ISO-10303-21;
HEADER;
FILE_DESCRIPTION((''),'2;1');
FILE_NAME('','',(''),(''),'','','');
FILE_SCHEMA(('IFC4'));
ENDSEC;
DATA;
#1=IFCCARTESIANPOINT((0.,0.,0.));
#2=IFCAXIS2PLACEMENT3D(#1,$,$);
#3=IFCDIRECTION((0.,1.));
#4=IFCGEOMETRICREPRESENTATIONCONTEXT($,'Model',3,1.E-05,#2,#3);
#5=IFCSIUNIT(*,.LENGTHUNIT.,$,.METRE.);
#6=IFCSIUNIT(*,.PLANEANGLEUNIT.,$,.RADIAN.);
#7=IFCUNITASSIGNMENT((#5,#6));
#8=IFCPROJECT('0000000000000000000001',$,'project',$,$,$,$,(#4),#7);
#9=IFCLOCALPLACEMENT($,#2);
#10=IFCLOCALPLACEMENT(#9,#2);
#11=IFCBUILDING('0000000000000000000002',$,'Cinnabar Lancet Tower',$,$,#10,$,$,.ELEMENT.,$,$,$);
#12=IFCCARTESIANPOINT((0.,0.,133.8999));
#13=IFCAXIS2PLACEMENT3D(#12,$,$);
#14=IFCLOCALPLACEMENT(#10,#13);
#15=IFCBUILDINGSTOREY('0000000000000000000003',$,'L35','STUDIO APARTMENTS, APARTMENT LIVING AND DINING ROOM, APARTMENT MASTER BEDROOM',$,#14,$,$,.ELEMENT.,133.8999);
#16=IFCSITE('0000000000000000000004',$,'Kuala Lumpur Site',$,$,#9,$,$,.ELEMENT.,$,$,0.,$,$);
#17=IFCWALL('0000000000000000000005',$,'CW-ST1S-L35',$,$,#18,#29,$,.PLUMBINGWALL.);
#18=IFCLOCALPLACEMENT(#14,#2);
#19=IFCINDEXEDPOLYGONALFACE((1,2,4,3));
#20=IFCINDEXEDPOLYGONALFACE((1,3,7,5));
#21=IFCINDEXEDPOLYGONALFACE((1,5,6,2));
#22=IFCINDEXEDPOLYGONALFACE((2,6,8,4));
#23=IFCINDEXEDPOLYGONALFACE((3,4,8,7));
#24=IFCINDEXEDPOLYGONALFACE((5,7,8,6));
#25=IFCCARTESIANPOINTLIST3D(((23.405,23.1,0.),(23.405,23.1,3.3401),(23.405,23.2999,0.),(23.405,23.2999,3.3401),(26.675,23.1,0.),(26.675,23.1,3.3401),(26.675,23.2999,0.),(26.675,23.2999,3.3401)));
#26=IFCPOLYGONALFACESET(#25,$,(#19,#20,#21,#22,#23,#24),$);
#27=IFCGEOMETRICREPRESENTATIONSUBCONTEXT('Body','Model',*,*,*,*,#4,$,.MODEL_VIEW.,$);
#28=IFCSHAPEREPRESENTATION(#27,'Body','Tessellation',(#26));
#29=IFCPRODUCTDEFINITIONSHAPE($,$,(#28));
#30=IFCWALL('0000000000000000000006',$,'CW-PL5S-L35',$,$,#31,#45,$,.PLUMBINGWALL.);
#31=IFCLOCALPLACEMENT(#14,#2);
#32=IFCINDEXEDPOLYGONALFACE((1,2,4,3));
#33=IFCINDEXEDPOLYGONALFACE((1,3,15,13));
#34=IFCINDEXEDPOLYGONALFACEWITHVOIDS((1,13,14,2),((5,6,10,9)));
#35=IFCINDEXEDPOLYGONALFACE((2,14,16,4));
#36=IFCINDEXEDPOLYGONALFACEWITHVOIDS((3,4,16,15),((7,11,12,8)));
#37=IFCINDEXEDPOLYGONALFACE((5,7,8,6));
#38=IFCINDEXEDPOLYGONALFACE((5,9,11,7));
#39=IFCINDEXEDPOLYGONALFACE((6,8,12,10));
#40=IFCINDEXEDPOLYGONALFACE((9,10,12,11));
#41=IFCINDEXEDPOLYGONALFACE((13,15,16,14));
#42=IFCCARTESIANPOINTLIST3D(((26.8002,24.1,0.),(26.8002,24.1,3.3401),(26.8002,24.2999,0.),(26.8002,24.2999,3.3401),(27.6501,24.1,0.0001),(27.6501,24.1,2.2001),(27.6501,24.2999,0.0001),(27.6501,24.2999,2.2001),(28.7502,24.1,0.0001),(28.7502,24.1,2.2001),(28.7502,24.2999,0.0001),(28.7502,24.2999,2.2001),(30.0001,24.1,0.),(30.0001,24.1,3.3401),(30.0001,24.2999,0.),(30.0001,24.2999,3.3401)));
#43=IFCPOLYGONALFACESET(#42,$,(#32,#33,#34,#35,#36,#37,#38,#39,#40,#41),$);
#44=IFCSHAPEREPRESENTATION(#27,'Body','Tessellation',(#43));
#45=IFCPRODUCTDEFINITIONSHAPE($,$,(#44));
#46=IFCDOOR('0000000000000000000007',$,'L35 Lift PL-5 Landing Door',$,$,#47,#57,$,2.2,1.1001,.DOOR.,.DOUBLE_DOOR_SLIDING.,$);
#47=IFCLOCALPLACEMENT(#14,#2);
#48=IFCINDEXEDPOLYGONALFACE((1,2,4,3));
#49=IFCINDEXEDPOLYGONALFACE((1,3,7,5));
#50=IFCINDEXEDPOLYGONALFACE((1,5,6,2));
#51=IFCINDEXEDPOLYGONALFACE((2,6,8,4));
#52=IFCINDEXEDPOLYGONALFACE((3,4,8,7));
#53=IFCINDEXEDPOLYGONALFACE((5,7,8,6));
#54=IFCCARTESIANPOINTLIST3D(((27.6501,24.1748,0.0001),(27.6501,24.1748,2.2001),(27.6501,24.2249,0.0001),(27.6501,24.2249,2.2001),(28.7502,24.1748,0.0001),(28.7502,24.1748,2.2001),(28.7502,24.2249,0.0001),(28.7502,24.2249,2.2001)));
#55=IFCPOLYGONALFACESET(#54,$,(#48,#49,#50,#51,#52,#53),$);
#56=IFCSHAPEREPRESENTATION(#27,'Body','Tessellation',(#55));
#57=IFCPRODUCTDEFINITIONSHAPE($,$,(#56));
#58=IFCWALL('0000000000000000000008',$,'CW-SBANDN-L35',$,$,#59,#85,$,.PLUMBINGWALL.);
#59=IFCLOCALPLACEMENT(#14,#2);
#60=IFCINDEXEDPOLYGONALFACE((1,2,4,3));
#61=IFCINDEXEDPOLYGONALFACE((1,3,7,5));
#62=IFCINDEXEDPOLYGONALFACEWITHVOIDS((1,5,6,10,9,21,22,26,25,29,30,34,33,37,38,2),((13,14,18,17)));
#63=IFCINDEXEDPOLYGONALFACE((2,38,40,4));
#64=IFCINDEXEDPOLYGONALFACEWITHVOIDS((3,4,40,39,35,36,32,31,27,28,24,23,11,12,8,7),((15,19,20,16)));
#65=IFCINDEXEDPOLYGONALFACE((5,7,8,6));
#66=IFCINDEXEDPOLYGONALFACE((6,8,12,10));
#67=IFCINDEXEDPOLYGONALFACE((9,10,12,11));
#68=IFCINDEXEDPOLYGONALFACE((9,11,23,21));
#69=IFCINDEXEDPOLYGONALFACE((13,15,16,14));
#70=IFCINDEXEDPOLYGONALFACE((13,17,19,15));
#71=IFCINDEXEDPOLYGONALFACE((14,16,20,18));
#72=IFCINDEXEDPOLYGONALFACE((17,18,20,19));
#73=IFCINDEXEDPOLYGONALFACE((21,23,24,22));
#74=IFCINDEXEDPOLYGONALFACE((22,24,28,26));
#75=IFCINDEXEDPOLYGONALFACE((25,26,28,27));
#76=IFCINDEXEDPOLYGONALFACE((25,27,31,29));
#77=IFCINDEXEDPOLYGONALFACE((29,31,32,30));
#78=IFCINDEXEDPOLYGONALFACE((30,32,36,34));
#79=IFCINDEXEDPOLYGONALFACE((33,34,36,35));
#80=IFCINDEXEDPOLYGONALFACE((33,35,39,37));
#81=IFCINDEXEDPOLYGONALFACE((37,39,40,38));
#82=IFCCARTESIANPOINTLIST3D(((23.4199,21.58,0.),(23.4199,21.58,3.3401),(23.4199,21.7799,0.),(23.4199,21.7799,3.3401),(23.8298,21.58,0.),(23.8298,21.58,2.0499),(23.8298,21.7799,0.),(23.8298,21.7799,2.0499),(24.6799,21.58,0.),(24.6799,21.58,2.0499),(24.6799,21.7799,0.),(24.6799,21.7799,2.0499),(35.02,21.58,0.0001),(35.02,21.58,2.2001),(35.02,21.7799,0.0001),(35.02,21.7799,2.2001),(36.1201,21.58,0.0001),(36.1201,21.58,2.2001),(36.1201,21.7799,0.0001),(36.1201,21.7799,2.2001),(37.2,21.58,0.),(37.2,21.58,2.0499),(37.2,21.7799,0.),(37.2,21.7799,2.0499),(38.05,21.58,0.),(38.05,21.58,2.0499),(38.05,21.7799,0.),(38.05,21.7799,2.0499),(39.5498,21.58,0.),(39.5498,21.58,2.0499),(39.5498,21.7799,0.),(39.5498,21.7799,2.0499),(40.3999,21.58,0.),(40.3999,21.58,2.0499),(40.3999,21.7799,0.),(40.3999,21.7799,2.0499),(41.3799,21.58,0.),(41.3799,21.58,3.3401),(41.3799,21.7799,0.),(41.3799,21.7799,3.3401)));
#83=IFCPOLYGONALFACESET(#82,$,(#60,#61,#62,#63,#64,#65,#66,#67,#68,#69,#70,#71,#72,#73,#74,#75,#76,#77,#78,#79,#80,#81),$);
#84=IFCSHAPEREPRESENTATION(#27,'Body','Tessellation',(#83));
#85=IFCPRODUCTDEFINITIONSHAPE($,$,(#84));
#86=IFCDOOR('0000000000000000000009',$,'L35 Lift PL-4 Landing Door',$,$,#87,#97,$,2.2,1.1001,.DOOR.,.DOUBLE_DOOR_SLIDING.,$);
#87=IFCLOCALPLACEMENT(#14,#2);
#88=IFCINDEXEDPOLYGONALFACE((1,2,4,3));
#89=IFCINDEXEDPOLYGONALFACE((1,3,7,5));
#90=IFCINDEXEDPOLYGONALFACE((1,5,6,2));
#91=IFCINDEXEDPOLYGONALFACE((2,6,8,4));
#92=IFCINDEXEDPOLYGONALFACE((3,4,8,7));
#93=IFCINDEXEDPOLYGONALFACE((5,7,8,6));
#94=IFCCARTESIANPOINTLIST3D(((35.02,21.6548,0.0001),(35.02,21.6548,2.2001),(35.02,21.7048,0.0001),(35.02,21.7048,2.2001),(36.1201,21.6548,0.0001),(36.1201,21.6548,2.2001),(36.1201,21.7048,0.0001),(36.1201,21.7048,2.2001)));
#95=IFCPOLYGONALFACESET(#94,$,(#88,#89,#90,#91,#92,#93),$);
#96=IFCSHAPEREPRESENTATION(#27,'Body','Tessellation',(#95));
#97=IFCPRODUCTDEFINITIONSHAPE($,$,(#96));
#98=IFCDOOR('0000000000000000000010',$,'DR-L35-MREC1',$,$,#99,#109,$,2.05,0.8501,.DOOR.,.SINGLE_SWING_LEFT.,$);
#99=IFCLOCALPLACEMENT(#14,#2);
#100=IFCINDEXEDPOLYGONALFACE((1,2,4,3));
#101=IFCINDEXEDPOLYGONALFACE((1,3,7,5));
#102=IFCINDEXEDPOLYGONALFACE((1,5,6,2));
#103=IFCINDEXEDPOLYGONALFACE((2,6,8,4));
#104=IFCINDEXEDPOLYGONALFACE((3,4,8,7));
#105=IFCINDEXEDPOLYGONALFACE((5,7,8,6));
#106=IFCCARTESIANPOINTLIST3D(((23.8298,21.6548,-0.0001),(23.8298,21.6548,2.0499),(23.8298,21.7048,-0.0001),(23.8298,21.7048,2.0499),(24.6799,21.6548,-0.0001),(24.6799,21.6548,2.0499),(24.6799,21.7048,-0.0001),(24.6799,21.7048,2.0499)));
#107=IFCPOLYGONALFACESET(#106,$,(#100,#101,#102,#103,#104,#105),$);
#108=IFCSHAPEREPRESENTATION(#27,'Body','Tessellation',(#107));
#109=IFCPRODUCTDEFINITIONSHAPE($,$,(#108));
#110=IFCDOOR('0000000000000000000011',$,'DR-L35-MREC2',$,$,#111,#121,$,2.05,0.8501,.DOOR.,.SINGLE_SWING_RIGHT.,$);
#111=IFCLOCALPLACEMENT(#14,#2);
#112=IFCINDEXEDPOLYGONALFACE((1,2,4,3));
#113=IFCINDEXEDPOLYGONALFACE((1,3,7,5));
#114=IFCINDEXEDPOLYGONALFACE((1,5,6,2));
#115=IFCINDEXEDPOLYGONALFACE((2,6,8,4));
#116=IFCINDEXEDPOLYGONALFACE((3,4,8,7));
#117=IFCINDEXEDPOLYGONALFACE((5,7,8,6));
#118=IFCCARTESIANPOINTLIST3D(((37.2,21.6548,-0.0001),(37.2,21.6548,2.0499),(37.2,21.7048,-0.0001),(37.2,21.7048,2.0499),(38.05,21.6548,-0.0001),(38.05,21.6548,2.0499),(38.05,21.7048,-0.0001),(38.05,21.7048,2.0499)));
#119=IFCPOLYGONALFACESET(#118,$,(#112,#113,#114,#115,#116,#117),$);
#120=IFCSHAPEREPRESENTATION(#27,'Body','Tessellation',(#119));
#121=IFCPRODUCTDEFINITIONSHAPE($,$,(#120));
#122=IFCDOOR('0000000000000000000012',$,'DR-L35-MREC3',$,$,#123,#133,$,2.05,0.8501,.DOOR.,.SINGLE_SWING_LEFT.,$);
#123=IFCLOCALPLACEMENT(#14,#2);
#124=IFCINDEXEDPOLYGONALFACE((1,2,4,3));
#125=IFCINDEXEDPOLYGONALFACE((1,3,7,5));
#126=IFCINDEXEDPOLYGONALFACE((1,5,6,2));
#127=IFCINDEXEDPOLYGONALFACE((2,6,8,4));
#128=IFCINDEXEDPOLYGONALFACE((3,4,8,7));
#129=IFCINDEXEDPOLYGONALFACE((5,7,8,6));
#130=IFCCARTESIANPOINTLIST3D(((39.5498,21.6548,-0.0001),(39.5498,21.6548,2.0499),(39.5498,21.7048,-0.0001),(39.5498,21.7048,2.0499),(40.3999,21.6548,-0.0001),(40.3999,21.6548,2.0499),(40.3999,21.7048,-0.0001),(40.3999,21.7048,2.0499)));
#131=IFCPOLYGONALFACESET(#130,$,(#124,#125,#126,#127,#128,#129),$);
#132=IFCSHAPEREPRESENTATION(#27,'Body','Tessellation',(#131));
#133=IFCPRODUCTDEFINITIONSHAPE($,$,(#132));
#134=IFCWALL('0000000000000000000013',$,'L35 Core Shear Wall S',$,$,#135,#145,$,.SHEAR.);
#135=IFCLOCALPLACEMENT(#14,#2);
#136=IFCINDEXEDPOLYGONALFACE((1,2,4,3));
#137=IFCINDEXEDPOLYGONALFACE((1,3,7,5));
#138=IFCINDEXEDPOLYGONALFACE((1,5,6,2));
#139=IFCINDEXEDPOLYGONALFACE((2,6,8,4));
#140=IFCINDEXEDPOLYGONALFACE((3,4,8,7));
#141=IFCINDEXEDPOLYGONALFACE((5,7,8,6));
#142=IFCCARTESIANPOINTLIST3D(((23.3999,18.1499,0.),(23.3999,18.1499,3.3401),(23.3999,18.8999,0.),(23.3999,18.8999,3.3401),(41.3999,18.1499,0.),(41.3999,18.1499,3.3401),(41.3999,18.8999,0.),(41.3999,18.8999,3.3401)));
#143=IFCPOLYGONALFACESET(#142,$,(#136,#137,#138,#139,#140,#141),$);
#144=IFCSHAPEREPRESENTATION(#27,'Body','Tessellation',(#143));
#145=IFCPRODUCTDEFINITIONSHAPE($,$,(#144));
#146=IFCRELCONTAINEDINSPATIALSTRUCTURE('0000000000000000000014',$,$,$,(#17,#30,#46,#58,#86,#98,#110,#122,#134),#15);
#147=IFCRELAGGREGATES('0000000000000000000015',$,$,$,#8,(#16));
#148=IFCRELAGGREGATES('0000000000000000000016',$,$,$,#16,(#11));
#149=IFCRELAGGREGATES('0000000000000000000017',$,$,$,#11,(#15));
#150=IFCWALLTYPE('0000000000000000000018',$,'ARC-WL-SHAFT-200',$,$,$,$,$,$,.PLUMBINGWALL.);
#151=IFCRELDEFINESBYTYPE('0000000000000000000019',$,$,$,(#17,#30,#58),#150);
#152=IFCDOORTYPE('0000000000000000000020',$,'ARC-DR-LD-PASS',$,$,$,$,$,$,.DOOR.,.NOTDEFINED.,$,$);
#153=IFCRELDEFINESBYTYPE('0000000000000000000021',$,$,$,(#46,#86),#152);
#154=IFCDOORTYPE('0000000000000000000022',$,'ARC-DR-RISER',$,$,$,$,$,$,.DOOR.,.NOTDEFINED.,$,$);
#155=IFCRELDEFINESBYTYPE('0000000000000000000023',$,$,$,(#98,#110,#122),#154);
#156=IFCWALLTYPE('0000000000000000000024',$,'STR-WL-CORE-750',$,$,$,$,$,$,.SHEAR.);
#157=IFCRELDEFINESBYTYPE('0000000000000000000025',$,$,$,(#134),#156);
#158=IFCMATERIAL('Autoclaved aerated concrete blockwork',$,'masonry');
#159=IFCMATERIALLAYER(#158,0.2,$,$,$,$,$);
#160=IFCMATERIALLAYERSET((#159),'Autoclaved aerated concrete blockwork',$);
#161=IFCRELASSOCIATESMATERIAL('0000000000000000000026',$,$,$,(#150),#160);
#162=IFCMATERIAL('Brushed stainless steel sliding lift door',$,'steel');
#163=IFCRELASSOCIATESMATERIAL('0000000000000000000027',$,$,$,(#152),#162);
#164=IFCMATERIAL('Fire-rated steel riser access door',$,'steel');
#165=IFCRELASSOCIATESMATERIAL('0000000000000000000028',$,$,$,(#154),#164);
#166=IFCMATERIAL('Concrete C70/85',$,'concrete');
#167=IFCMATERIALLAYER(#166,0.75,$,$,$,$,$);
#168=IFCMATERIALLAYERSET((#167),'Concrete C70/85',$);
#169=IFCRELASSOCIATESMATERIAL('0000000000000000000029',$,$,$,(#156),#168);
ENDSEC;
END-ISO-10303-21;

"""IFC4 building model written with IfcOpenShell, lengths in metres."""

from ifc_helpers import new_model, si_unit, direction, frame, frame_2d, origin, place, context, subcontext, project, spatial, rectangle, extrude, material, layer, layer_set, type_object, element, fill, save


model = new_model("IFC4")

# Units and contexts
model_context = context("Model", 3, precision=1e-05, world=origin(), true_north=direction((0.0, 1.0)))
body_context = subcontext(model_context, "Body", "Model", "MODEL_VIEW")
ifc_project = project(units=[si_unit("LENGTHUNIT", "METRE"), si_unit("PLANEANGLEUNIT", "RADIAN")], contexts=[model_context])

# Site, building, storey
site_placement = place(None, origin())
site = spatial("IfcSite", under=ifc_project, at=site_placement, Name="Kuala Lumpur Site", CompositionType="ELEMENT", RefElevation=0.0)
building_placement = place(site_placement, origin())
building = spatial("IfcBuilding", under=site, at=building_placement, Name="Cinnabar Lancet Tower", CompositionType="ELEMENT")
storey_placement = place(building_placement, frame((0.0, 0.0, 133.8999)))
storey = spatial("IfcBuildingStorey", under=building, at=storey_placement, Name="L35", Description="STUDIO APARTMENTS, APARTMENT LIVING AND DINING ROOM, APARTMENT MASTER BEDROOM", CompositionType="ELEMENT", Elevation=133.8999)

# Wall
ifc_material_1 = material(Name="Autoclaved aerated concrete blockwork", Category="masonry")
ifc_layer_1 = layer(ifc_material_1, 0.2)
ifc_layer_set_1 = layer_set([ifc_layer_1], Name="Autoclaved aerated concrete blockwork")
wall_type_1 = type_object("IfcWallType", Name="ARC-WL-SHAFT-200", PredefinedType="PLUMBINGWALL", material=ifc_layer_set_1)
wall_1_placement = place(storey_placement, frame((23.405, 23.2, 0.0), z_axis=(0.0, 0.0, 1.0), x_axis=(1.0, 0.0, 0.0)))
element("IfcWall", 1, at=wall_1_placement, inside=storey, type_object=wall_type_1, Name="CW-ST1S-L35", PredefinedType="PLUMBINGWALL", context=body_context, shape_type="SweptSolid", body=[
    extrude(rectangle(XDim=3.27, YDim=0.2, at=frame_2d((1.635, 0.0))), origin(), (0.0, 0.0, 1.0), 3.3401),
])

# Wall, opening, door
wall_2_placement = place(storey_placement, frame((26.8, 24.2, 0.0), z_axis=(0.0, 0.0, 1.0), x_axis=(1.0, 0.0, 0.0)))
wall_2 = element("IfcWall", 2, at=wall_2_placement, inside=storey, type_object=wall_type_1, Name="CW-PL5S-L35", PredefinedType="PLUMBINGWALL", context=body_context, shape_type="SweptSolid", body=[
    extrude(rectangle(XDim=3.2, YDim=0.2, at=frame_2d((1.6001, 0.0))), origin(), (0.0, 0.0, 1.0), 3.3401),
])
opening_1_placement = place(wall_2_placement, frame((0.8501, 0.0, 0.0)))
opening_1 = element("IfcOpeningElement", 3, at=opening_1_placement, cuts=wall_2, PredefinedType="OPENING", context=body_context, shape_type="SweptSolid", body=[
    extrude(rectangle(XDim=1.1001, YDim=2.2, at=frame_2d((0.55, 1.1001))), frame((0.0, 0.1099, 0.0), z_axis=(0.0, -1.0, 0.0), x_axis=(1.0, 0.0, 0.0)), (0.0, 0.0, 1.0), 0.22),
])
ifc_material_2 = material(Name="Brushed stainless steel sliding lift door", Category="steel")
door_type_1 = type_object("IfcDoorType", Name="ARC-DR-LD-PASS", OperationType="NOTDEFINED", PredefinedType="DOOR", material=ifc_material_2)
door_1_placement = place(opening_1_placement, origin())
door_1 = element("IfcDoor", 4, at=door_1_placement, inside=storey, type_object=door_type_1, Name="L35 Lift PL-5 Landing Door", OperationType="DOUBLE_DOOR_SLIDING", OverallHeight=2.2, OverallWidth=1.1001, PredefinedType="DOOR", context=body_context, shape_type="SweptSolid", body=[
    extrude(rectangle(XDim=1.1001, YDim=2.2, at=frame_2d((0.55, 1.1001))), frame((0.0, 0.0249, 0.0), z_axis=(0.0, -1.0, 0.0), x_axis=(1.0, 0.0, 0.0)), (0.0, 0.0, 1.0), 0.05),
])
fill(opening_1, door_1)

# Wall, openings, doors
wall_3_placement = place(storey_placement, frame((23.4199, 21.6799, 0.0), z_axis=(0.0, 0.0, 1.0), x_axis=(1.0, 0.0, 0.0)))
wall_3 = element("IfcWall", 5, at=wall_3_placement, inside=storey, type_object=wall_type_1, Name="CW-SBANDN-L35", PredefinedType="PLUMBINGWALL", context=body_context, shape_type="SweptSolid", body=[
    extrude(rectangle(XDim=17.96, YDim=0.2, at=frame_2d((8.98, 0.0))), origin(), (0.0, 0.0, 1.0), 3.3401),
])
opening_2_placement = place(wall_3_placement, frame((11.6001, 0.0, 0.0)))
opening_2 = element("IfcOpeningElement", 6, at=opening_2_placement, cuts=wall_3, PredefinedType="OPENING", context=body_context, shape_type="SweptSolid", body=[
    extrude(rectangle(XDim=1.1001, YDim=2.2, at=frame_2d((0.55, 1.1001))), frame((0.0, 0.1099, 0.0), z_axis=(0.0, -1.0, 0.0), x_axis=(1.0, 0.0, 0.0)), (0.0, 0.0, 1.0), 0.22),
])
opening_3_placement = place(wall_3_placement, frame((0.4099, 0.0, 0.0)))
opening_3 = element("IfcOpeningElement", 7, at=opening_3_placement, cuts=wall_3, PredefinedType="OPENING", context=body_context, shape_type="SweptSolid", body=[
    extrude(rectangle(XDim=0.8501, YDim=2.05, at=frame_2d((0.425, 1.0249))), frame((0.0, 0.1099, 0.0), z_axis=(0.0, -1.0, 0.0), x_axis=(1.0, 0.0, 0.0)), (0.0, 0.0, 1.0), 0.22),
])
opening_4_placement = place(wall_3_placement, frame((13.78, 0.0, 0.0)))
opening_4 = element("IfcOpeningElement", 8, at=opening_4_placement, cuts=wall_3, PredefinedType="OPENING", context=body_context, shape_type="SweptSolid", body=[
    extrude(rectangle(XDim=0.8501, YDim=2.05, at=frame_2d((0.425, 1.0249))), frame((0.0, 0.1099, 0.0), z_axis=(0.0, -1.0, 0.0), x_axis=(1.0, 0.0, 0.0)), (0.0, 0.0, 1.0), 0.22),
])
opening_5_placement = place(wall_3_placement, frame((16.1299, 0.0, 0.0)))
opening_5 = element("IfcOpeningElement", 9, at=opening_5_placement, cuts=wall_3, PredefinedType="OPENING", context=body_context, shape_type="SweptSolid", body=[
    extrude(rectangle(XDim=0.8501, YDim=2.05, at=frame_2d((0.425, 1.0249))), frame((0.0, 0.1099, 0.0), z_axis=(0.0, -1.0, 0.0), x_axis=(1.0, 0.0, 0.0)), (0.0, 0.0, 1.0), 0.22),
])
door_2_placement = place(opening_2_placement, origin())
door_2 = element("IfcDoor", 10, at=door_2_placement, inside=storey, type_object=door_type_1, Name="L35 Lift PL-4 Landing Door", OperationType="DOUBLE_DOOR_SLIDING", OverallHeight=2.2, OverallWidth=1.1001, PredefinedType="DOOR", context=body_context, shape_type="SweptSolid", body=[
    extrude(rectangle(XDim=1.1001, YDim=2.2, at=frame_2d((0.55, 1.1001))), frame((0.0, 0.0249, 0.0), z_axis=(0.0, -1.0, 0.0), x_axis=(1.0, 0.0, 0.0)), (0.0, 0.0, 1.0), 0.05),
])
fill(opening_2, door_2)
ifc_material_3 = material(Name="Fire-rated steel riser access door", Category="steel")
door_type_2 = type_object("IfcDoorType", Name="ARC-DR-RISER", OperationType="NOTDEFINED", PredefinedType="DOOR", material=ifc_material_3)
door_3_placement = place(opening_3_placement, origin())
door_3 = element("IfcDoor", 11, at=door_3_placement, inside=storey, type_object=door_type_2, Name="DR-L35-MREC1", OperationType="SINGLE_SWING_LEFT", OverallHeight=2.05, OverallWidth=0.8501, PredefinedType="DOOR", context=body_context, shape_type="SweptSolid", body=[
    extrude(rectangle(XDim=0.8501, YDim=2.05, at=frame_2d((0.425, 1.0249))), frame((0.0, 0.0249, 0.0), z_axis=(0.0, -1.0, 0.0), x_axis=(1.0, 0.0, 0.0)), (0.0, 0.0, 1.0), 0.05),
])
fill(opening_3, door_3)
door_4_placement = place(opening_4_placement, origin())
door_4 = element("IfcDoor", 12, at=door_4_placement, inside=storey, type_object=door_type_2, Name="DR-L35-MREC2", OperationType="SINGLE_SWING_RIGHT", OverallHeight=2.05, OverallWidth=0.8501, PredefinedType="DOOR", context=body_context, shape_type="SweptSolid", body=[
    extrude(rectangle(XDim=0.8501, YDim=2.05, at=frame_2d((0.425, 1.0249))), frame((0.0, 0.0249, 0.0), z_axis=(0.0, -1.0, 0.0), x_axis=(1.0, 0.0, 0.0)), (0.0, 0.0, 1.0), 0.05),
])
fill(opening_4, door_4)
door_5_placement = place(opening_5_placement, origin())
door_5 = element("IfcDoor", 13, at=door_5_placement, inside=storey, type_object=door_type_2, Name="DR-L35-MREC3", OperationType="SINGLE_SWING_LEFT", OverallHeight=2.05, OverallWidth=0.8501, PredefinedType="DOOR", context=body_context, shape_type="SweptSolid", body=[
    extrude(rectangle(XDim=0.8501, YDim=2.05, at=frame_2d((0.425, 1.0249))), frame((0.0, 0.0249, 0.0), z_axis=(0.0, -1.0, 0.0), x_axis=(1.0, 0.0, 0.0)), (0.0, 0.0, 1.0), 0.05),
])
fill(opening_5, door_5)

# Wall
ifc_material_4 = material(Name="Concrete C70/85", Category="concrete")
ifc_layer_2 = layer(ifc_material_4, 0.75)
ifc_layer_set_2 = layer_set([ifc_layer_2], Name="Concrete C70/85")
wall_type_2 = type_object("IfcWallType", Name="STR-WL-CORE-750", PredefinedType="SHEAR", material=ifc_layer_set_2)
wall_4_placement = place(storey_placement, frame((23.3999, 18.5249, 0.0), z_axis=(0.0, 0.0, 1.0), x_axis=(1.0, 0.0, 0.0)))
element("IfcWall", 14, at=wall_4_placement, inside=storey, type_object=wall_type_2, Name="L35 Core Shear Wall S", PredefinedType="SHEAR", context=body_context, shape_type="SweptSolid", body=[
    extrude(rectangle(XDim=18.0, YDim=0.75, at=frame_2d((9.0, 0.0))), origin(), (0.0, 0.0, 1.0), 3.3401),
])

save(model, "model.ifc")
